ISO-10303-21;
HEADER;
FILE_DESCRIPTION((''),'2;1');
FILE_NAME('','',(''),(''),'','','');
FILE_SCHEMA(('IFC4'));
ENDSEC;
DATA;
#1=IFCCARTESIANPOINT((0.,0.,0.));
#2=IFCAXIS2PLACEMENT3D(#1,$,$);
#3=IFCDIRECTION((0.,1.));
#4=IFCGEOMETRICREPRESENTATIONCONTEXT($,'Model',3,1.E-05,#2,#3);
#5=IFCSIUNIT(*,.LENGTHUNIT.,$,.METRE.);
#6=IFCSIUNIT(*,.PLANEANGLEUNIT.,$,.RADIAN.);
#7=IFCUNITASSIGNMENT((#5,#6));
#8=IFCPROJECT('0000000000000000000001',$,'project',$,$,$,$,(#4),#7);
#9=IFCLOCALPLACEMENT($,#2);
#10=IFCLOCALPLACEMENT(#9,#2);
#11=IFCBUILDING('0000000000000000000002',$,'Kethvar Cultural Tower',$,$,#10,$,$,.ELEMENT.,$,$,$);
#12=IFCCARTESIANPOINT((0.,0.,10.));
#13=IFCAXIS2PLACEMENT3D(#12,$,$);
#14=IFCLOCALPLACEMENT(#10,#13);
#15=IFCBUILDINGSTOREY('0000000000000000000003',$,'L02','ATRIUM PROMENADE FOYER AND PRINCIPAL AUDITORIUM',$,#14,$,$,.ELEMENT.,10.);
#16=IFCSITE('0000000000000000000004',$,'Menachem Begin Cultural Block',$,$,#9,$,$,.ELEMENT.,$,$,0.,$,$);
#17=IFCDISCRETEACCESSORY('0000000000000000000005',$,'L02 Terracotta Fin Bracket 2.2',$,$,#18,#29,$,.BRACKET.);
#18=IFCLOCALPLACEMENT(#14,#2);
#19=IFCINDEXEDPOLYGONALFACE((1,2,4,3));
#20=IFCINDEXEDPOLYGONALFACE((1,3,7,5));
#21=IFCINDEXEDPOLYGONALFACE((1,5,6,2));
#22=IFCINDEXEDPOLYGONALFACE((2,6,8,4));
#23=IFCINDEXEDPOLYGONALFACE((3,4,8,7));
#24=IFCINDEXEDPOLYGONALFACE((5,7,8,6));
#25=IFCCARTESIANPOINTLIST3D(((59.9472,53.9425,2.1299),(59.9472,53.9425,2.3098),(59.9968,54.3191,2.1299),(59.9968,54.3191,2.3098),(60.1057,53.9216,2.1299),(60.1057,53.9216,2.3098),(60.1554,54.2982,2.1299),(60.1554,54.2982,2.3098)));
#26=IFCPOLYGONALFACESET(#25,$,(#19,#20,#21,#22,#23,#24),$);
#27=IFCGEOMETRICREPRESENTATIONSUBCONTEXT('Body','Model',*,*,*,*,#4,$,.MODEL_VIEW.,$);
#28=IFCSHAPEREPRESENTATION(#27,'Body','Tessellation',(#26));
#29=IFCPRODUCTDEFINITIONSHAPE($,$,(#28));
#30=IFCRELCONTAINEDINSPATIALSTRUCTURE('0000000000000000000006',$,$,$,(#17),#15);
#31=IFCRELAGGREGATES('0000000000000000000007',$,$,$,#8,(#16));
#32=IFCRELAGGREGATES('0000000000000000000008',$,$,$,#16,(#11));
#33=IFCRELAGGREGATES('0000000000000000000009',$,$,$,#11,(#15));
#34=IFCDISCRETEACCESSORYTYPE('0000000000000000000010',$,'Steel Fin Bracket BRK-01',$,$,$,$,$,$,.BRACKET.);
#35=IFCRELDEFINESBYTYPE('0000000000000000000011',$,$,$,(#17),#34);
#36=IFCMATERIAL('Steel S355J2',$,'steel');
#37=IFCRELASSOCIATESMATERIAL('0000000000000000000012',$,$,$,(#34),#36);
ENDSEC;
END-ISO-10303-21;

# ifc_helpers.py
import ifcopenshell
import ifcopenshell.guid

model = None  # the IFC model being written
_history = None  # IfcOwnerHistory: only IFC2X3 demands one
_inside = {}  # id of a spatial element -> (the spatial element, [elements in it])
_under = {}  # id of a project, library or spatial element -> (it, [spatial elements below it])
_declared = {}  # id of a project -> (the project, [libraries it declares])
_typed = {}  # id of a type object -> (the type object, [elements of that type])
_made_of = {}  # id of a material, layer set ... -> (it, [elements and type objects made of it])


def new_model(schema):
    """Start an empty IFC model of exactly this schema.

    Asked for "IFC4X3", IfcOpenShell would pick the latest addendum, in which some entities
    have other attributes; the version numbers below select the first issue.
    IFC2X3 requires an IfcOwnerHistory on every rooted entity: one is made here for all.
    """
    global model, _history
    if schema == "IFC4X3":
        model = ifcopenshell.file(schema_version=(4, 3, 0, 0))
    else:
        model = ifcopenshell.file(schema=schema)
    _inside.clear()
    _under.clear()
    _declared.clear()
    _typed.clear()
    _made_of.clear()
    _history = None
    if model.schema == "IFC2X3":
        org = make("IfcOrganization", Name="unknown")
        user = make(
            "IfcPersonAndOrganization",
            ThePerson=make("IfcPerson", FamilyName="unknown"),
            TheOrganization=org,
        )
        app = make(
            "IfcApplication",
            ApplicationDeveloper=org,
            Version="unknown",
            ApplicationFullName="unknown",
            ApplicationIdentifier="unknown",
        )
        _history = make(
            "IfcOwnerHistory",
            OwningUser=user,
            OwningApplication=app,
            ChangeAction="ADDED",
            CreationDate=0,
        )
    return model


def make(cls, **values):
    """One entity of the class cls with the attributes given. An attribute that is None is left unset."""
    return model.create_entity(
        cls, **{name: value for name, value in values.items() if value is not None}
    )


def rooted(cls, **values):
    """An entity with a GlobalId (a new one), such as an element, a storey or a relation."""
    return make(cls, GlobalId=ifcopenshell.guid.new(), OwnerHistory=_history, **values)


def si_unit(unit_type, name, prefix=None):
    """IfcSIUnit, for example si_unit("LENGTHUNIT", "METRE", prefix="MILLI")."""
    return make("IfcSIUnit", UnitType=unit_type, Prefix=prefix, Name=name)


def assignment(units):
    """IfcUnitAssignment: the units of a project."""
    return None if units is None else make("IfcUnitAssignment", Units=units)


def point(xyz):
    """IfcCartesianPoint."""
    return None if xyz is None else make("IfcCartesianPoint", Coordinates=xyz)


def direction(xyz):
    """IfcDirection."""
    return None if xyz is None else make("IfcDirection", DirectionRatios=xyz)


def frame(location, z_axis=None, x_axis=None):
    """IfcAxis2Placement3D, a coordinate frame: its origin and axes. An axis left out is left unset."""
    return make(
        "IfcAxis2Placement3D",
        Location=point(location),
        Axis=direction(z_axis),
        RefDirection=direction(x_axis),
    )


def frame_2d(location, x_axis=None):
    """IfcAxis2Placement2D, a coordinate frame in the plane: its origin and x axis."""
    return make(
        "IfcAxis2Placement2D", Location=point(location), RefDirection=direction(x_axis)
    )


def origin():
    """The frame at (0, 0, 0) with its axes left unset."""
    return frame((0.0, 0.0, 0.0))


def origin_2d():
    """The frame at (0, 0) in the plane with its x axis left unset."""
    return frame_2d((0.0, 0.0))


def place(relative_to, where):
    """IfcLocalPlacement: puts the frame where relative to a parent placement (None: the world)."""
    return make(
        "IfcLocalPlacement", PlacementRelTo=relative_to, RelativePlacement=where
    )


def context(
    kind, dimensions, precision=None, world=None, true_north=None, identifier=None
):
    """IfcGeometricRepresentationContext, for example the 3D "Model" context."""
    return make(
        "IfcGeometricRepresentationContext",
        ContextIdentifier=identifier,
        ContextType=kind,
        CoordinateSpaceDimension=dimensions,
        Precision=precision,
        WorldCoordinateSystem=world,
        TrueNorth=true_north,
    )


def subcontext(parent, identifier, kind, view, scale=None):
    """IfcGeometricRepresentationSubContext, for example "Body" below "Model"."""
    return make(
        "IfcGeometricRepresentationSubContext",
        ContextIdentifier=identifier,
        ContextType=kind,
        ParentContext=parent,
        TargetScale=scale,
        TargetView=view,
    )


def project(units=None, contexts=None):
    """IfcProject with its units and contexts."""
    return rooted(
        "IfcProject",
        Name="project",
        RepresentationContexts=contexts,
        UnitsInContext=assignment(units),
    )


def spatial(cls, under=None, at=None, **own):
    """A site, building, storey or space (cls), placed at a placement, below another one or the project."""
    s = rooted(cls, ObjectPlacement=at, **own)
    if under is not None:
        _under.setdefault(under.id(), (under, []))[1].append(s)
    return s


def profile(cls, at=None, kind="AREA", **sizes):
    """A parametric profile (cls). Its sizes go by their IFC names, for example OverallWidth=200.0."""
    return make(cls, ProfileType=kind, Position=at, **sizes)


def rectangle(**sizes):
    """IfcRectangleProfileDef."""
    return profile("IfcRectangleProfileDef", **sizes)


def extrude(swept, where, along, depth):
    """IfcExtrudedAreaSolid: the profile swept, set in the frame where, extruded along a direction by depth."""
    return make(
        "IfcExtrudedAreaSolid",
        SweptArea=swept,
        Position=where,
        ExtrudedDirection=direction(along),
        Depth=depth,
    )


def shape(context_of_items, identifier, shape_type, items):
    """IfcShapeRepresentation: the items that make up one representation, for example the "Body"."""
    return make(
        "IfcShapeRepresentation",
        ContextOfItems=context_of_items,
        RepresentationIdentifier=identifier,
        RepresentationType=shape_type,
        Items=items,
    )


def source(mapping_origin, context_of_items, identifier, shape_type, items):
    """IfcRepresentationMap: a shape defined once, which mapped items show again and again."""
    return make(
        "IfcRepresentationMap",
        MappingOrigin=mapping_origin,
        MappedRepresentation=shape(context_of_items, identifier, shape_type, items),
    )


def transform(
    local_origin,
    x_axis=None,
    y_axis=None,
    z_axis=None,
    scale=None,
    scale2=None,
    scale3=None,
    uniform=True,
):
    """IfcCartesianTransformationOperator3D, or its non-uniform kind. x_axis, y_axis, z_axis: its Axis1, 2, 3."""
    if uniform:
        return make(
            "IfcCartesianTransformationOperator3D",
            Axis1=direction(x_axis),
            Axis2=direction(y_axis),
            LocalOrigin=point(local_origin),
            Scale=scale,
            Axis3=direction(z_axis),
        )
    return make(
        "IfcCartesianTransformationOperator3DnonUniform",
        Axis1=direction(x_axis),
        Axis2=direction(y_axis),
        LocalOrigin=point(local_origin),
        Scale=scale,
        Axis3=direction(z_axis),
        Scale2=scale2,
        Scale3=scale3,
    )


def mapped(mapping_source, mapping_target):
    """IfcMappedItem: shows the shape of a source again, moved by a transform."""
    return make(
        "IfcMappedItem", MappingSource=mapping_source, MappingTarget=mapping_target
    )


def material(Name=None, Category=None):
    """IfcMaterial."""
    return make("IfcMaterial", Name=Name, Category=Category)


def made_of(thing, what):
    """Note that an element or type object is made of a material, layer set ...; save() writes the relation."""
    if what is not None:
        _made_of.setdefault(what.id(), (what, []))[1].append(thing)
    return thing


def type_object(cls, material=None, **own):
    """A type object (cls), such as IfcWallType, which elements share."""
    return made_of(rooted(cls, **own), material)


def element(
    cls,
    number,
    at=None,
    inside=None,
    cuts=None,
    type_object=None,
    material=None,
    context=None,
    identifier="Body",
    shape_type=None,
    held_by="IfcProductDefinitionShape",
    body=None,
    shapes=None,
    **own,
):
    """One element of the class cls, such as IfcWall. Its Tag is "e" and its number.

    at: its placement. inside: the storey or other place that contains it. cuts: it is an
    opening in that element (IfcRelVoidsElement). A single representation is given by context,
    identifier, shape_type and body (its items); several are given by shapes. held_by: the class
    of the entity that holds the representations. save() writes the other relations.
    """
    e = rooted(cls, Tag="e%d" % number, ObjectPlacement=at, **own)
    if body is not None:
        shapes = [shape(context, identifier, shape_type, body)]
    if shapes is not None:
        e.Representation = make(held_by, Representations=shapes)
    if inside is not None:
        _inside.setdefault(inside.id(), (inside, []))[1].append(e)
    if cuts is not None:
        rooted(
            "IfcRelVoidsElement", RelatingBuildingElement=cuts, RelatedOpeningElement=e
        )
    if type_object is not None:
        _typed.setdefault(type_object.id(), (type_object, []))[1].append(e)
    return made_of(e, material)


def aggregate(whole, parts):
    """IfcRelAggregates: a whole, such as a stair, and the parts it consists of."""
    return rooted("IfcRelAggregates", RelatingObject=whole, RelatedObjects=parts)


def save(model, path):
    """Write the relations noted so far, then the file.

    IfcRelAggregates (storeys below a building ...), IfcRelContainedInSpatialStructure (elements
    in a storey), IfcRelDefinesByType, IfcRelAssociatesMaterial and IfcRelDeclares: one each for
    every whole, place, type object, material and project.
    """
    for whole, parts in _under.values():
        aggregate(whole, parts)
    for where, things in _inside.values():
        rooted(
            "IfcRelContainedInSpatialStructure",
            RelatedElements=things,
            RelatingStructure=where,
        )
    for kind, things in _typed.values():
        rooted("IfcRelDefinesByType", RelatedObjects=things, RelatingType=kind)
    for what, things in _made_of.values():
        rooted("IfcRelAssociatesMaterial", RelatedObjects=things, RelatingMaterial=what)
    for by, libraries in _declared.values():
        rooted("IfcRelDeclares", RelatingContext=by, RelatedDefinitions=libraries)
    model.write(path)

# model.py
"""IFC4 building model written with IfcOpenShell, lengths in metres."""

from ifc_helpers import new_model, si_unit, direction, frame, origin, origin_2d, place, context, subcontext, project, spatial, rectangle, extrude, source, transform, mapped, material, type_object, element, save


model = new_model("IFC4")

# Units and contexts
model_context = context("Model", 3, precision=1e-05, world=origin(), true_north=direction((0.0, 1.0)))
body_context = subcontext(model_context, "Body", "Model", "MODEL_VIEW")
ifc_project = project(units=[si_unit("LENGTHUNIT", "METRE"), si_unit("PLANEANGLEUNIT", "RADIAN")], contexts=[model_context])

# Site, building, storey
site_placement = place(None, origin())
site = spatial("IfcSite", under=ifc_project, at=site_placement, Name="Menachem Begin Cultural Block", CompositionType="ELEMENT", RefElevation=0.0)
building_placement = place(site_placement, origin())
building = spatial("IfcBuilding", under=site, at=building_placement, Name="Kethvar Cultural Tower", CompositionType="ELEMENT")
storey_placement = place(building_placement, frame((0.0, 0.0, 10.0)))
storey = spatial("IfcBuildingStorey", under=building, at=storey_placement, Name="L02", Description="ATRIUM PROMENADE FOYER AND PRINCIPAL AUDITORIUM", CompositionType="ELEMENT", Elevation=10.0)

# Shared definitions
ifc_material_1 = material(Name="Steel S355J2", Category="steel")

# Discrete accessory
discrete_accessory_type = type_object("IfcDiscreteAccessoryType", Name="Steel Fin Bracket BRK-01", PredefinedType="BRACKET", material=ifc_material_1)
shared_shape_1 = source(origin(), body_context, "Body", "SweptSolid", [
    extrude(rectangle(XDim=0.3799, YDim=0.1599, at=origin_2d()), origin(), (0.0, 0.0, 1.0), 0.1799),
])
for number, where, z_axis, x_axis, name in (
    (1, (60.0513, 54.1204, 2.1299), (0.0, 0.0, 1.0), (0.130699, 0.991422, 0.0), "L02 Terracotta Fin Bracket 2.2"),
):
    element("IfcDiscreteAccessory", number, at=place(storey_placement, frame(where, z_axis=z_axis, x_axis=x_axis)), inside=storey, type_object=discrete_accessory_type, Name=name, PredefinedType="BRACKET", context=body_context, shape_type="MappedRepresentation", body=[
        mapped(shared_shape_1, transform((0.0, 0.0, 0.0), scale=1.0)),
    ])

save(model, "model.ifc")
